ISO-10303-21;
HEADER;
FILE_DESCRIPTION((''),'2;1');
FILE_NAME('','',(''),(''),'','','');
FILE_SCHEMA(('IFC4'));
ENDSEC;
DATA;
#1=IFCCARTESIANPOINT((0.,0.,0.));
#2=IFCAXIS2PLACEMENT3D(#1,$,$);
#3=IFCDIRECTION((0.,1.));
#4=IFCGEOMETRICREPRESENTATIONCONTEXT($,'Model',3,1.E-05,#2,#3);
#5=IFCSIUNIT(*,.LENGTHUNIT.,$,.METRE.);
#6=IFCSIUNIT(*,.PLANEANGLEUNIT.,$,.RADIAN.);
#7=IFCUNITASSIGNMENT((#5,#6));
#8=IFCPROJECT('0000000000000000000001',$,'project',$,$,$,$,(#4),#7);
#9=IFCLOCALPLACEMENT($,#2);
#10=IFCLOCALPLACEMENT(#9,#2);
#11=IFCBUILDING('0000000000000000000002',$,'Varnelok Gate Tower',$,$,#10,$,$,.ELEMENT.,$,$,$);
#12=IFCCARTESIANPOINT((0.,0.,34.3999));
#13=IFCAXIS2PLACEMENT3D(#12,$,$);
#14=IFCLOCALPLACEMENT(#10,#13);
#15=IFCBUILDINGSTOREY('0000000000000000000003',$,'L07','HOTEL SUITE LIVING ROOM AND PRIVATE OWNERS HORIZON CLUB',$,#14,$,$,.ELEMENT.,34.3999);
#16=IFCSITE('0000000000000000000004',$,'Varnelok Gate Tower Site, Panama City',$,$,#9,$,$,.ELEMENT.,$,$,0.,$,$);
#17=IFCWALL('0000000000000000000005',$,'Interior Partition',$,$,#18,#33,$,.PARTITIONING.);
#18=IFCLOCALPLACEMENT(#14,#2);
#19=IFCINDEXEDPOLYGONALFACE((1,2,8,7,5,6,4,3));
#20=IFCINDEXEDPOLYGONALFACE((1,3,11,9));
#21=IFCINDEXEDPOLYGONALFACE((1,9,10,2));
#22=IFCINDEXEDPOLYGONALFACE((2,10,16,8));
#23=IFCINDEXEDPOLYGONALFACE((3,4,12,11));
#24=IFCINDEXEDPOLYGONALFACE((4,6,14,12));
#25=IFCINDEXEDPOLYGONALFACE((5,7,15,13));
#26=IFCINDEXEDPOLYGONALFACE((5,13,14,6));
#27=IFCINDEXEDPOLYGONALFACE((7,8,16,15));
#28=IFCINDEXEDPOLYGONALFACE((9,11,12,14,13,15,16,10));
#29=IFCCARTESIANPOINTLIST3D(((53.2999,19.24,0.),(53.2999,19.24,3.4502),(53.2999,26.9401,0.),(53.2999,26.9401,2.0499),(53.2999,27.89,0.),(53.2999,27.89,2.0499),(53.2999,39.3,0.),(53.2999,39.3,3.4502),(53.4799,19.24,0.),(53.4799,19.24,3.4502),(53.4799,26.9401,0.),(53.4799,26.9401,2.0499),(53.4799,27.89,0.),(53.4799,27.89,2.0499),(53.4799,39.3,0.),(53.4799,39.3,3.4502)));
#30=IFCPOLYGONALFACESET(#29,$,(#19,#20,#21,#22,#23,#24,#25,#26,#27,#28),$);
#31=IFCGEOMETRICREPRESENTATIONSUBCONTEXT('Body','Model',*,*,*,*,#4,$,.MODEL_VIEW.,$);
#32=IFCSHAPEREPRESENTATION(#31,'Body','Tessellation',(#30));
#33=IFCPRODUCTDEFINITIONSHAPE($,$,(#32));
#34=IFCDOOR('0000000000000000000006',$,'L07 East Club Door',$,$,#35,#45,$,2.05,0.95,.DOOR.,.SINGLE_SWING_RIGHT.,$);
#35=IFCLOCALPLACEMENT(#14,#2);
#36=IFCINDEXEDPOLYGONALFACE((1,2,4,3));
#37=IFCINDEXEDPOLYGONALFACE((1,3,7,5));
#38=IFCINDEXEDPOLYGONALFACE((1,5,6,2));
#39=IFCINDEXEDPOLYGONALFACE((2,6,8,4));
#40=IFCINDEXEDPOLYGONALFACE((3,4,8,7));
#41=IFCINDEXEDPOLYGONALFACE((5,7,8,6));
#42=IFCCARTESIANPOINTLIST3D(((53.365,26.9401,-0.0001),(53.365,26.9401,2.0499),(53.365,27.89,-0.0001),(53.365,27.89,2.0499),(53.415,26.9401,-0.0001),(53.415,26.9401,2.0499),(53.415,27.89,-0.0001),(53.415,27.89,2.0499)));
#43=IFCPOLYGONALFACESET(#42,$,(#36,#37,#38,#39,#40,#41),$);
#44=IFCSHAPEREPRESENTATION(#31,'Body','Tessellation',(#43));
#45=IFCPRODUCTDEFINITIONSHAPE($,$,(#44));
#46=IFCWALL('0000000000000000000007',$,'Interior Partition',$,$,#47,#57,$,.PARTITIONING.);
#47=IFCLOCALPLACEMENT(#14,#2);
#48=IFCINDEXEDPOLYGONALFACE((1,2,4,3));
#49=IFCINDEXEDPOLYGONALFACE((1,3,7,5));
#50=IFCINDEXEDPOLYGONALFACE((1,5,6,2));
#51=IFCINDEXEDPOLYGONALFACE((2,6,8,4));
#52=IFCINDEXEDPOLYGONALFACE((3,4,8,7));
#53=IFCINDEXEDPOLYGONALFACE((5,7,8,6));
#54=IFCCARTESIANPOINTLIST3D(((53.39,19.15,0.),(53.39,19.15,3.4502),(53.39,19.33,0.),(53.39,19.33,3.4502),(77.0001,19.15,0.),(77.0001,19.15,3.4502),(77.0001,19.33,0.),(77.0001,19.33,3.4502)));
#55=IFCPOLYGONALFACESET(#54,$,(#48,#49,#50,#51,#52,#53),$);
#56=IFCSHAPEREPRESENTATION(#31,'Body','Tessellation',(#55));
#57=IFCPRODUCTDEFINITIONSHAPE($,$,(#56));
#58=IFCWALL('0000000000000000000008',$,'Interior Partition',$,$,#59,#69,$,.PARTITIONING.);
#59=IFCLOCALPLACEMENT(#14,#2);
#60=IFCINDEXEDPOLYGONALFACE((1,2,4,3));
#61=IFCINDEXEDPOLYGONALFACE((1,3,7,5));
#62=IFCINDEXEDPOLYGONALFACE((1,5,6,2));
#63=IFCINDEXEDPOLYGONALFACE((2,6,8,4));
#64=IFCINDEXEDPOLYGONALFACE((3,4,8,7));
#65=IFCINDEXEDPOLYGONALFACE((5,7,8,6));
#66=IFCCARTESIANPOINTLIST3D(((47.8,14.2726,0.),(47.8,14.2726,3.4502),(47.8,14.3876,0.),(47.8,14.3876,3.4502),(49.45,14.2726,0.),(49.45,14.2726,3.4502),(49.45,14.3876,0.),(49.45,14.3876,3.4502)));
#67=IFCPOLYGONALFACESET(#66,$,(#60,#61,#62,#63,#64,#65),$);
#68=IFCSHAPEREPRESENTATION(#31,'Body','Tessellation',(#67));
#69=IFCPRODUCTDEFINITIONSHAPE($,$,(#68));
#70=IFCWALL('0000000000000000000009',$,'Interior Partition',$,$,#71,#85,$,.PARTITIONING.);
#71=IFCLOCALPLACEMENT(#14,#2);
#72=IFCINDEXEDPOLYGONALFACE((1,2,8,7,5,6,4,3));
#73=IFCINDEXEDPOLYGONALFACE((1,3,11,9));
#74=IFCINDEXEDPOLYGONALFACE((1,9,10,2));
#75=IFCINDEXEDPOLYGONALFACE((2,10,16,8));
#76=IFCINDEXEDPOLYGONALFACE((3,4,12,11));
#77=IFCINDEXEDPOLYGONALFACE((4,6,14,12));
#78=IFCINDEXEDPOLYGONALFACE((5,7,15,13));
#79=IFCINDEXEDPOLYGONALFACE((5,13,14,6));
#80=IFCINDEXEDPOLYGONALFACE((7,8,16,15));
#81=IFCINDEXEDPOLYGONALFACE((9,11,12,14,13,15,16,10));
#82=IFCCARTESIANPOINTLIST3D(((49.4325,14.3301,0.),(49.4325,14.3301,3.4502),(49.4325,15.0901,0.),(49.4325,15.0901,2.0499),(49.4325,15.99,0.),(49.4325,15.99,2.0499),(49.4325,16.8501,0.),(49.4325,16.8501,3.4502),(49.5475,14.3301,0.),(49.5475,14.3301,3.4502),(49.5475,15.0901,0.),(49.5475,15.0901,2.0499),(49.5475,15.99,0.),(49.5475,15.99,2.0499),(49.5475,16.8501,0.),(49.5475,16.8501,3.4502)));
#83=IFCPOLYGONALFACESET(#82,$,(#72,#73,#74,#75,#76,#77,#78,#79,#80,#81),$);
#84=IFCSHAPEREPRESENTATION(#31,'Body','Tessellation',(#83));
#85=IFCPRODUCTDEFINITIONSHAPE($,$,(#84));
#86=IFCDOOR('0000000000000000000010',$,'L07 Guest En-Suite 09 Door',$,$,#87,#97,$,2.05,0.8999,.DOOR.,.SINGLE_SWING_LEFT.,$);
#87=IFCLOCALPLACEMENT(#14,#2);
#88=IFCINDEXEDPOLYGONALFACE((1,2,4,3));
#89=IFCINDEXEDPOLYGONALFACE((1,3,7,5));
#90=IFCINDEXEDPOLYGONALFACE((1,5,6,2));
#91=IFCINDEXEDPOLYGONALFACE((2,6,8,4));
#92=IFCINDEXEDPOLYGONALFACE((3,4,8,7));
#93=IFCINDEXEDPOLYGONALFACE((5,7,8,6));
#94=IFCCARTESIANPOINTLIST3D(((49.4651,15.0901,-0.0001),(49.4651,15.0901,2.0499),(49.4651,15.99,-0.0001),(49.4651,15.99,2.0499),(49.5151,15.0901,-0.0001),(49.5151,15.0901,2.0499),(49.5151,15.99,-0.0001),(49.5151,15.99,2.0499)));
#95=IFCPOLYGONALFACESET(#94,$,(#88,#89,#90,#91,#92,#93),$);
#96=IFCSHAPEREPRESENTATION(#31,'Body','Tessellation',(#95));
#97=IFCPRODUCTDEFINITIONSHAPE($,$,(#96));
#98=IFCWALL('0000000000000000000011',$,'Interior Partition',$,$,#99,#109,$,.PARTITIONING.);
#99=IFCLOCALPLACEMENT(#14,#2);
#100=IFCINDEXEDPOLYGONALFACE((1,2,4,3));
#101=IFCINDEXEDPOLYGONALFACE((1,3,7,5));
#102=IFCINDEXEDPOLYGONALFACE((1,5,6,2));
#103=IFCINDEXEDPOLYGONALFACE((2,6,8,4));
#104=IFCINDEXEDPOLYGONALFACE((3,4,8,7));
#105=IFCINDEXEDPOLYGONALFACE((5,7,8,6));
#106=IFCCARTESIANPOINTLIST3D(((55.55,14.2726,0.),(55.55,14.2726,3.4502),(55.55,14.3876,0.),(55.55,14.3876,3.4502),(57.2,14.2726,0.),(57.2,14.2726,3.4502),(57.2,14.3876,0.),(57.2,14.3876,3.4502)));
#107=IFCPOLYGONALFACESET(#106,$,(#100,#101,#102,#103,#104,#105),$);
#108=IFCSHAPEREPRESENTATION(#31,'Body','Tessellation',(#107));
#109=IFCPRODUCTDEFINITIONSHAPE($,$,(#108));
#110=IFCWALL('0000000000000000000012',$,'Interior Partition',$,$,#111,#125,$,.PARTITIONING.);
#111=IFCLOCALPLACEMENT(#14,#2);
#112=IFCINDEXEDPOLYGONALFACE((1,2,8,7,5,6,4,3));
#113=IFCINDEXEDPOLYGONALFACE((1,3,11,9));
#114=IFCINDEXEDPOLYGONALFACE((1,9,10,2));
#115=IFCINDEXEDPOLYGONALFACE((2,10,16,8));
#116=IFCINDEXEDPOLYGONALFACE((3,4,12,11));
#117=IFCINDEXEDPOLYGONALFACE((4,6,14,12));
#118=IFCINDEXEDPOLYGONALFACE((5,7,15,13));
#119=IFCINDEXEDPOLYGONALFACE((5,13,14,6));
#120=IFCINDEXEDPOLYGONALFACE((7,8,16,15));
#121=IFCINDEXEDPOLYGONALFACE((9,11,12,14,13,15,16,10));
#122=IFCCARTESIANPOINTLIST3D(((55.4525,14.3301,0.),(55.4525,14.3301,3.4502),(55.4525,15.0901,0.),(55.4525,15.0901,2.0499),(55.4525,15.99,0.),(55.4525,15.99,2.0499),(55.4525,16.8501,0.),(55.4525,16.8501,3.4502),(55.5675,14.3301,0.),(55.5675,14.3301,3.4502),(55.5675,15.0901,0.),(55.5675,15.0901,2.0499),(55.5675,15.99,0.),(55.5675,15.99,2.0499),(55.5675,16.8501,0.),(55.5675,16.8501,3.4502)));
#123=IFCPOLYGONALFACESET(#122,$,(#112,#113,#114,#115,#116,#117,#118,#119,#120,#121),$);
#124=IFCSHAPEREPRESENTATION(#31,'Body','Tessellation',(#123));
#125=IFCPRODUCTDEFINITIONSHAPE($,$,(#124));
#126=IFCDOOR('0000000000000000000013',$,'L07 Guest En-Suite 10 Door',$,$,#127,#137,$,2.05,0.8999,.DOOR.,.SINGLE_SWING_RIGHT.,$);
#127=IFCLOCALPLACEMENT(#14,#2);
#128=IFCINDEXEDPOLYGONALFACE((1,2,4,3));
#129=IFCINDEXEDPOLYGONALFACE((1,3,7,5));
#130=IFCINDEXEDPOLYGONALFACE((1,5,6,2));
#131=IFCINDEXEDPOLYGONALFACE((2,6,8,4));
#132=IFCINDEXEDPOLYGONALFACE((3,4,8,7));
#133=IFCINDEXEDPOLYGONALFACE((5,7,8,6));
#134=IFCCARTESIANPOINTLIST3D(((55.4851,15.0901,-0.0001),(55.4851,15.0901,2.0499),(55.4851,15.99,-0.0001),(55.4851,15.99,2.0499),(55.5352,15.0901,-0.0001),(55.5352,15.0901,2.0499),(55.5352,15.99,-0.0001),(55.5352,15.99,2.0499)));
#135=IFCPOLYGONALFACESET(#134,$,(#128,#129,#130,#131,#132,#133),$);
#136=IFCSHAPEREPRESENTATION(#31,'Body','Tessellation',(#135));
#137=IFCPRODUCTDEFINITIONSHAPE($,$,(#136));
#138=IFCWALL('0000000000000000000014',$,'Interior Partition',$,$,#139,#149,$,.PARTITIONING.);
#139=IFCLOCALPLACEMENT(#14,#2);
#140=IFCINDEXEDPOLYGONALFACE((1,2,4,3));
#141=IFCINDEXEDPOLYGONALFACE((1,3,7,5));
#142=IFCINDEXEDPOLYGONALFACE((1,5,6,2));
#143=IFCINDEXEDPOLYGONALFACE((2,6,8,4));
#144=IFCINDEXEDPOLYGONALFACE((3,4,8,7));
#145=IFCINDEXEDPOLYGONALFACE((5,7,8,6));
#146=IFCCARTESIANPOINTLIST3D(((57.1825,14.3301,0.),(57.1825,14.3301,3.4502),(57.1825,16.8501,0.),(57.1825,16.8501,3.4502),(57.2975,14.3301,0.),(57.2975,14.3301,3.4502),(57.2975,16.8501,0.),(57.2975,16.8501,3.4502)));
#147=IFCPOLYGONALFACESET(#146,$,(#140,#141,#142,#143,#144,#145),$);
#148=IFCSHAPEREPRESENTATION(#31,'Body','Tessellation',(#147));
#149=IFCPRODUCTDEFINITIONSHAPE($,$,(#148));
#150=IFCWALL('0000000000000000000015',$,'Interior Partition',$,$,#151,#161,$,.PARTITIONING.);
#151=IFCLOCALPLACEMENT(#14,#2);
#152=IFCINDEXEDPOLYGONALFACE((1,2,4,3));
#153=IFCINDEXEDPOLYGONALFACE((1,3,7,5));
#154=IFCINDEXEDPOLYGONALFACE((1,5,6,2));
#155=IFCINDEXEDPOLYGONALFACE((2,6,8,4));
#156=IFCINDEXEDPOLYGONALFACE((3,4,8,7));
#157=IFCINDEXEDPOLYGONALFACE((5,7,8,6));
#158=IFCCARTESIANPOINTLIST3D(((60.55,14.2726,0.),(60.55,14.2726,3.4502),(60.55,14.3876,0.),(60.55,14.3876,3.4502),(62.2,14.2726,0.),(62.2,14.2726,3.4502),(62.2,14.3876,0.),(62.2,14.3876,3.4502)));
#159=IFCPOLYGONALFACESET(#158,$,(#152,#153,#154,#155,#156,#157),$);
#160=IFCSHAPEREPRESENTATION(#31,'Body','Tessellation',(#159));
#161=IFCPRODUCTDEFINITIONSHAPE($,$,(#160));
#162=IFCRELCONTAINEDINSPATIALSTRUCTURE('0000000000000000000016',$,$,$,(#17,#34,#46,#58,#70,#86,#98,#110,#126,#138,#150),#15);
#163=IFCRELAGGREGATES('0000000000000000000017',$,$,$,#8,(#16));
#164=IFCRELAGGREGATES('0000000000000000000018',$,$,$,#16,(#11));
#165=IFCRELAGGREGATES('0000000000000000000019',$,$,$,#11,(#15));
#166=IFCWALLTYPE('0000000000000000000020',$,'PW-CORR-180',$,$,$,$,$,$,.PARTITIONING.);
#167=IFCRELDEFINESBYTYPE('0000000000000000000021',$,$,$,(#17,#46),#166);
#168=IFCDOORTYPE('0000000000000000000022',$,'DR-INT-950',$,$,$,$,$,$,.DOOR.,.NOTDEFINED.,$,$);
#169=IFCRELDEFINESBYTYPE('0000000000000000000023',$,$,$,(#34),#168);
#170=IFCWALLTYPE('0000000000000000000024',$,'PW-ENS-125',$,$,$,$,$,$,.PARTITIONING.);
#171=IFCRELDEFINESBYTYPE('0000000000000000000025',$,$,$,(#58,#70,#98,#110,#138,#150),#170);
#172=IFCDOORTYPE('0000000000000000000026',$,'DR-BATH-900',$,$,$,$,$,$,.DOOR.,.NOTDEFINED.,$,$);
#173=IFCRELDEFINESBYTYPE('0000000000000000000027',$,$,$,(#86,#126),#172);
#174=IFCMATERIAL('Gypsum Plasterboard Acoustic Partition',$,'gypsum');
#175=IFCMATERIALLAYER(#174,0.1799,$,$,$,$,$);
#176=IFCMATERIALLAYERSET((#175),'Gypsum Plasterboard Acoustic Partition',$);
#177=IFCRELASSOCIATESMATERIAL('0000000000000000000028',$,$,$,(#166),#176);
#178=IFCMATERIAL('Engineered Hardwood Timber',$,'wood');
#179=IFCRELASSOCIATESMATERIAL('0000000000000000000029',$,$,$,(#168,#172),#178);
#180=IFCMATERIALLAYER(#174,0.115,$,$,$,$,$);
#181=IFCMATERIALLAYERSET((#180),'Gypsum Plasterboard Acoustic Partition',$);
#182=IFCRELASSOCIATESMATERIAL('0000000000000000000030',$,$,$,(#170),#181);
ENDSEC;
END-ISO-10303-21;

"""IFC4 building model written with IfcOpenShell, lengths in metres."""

from ifc_helpers import new_model, si_unit, direction, frame, frame_2d, origin, place, context, subcontext, project, spatial, rectangle, extrude, material, layer, layer_set, type_object, element, fill, save


model = new_model("IFC4")

# Units and contexts
model_context = context("Model", 3, precision=1e-05, world=origin(), true_north=direction((0.0, 1.0)))
body_context = subcontext(model_context, "Body", "Model", "MODEL_VIEW")
ifc_project = project(units=[si_unit("LENGTHUNIT", "METRE"), si_unit("PLANEANGLEUNIT", "RADIAN")], contexts=[model_context])

# Site, building, storey
site_placement = place(None, origin())
site = spatial("IfcSite", under=ifc_project, at=site_placement, Name="Varnelok Gate Tower Site, Panama City", CompositionType="ELEMENT", RefElevation=0.0)
building_placement = place(site_placement, origin())
building = spatial("IfcBuilding", under=site, at=building_placement, Name="Varnelok Gate Tower", CompositionType="ELEMENT")
storey_placement = place(building_placement, frame((0.0, 0.0, 34.3999)))
storey = spatial("IfcBuildingStorey", under=building, at=storey_placement, Name="L07", Description="HOTEL SUITE LIVING ROOM AND PRIVATE OWNERS HORIZON CLUB", CompositionType="ELEMENT", Elevation=34.3999)

# Wall, opening, door
ifc_material_1 = material(Name="Gypsum Plasterboard Acoustic Partition", Category="gypsum")
ifc_layer_1 = layer(ifc_material_1, 0.1799)
ifc_layer_set_1 = layer_set([ifc_layer_1], Name="Gypsum Plasterboard Acoustic Partition")
wall_type_1 = type_object("IfcWallType", Name="PW-CORR-180", PredefinedType="PARTITIONING", material=ifc_layer_set_1)
ifc_material_2 = material(Name="Engineered Hardwood Timber", Category="wood")
wall_1_placement = place(storey_placement, frame((53.3899, 19.24, 0.0), z_axis=(0.0, 0.0, 1.0), x_axis=(0.0, 1.0, 0.0)))
wall_1 = element("IfcWall", 1, at=wall_1_placement, inside=storey, type_object=wall_type_1, Name="Interior Partition", PredefinedType="PARTITIONING", context=body_context, shape_type="SweptSolid", body=[
    extrude(rectangle(XDim=20.0601, YDim=0.1799, at=frame_2d((10.03, 0.0))), origin(), (0.0, 0.0, 1.0), 3.4502),
])
opening_1_placement = place(wall_1_placement, frame((7.7, 0.0, 0.0)))
opening_1 = element("IfcOpeningElement", 2, at=opening_1_placement, cuts=wall_1, PredefinedType="OPENING", context=body_context, shape_type="SweptSolid", body=[
    extrude(rectangle(XDim=0.95, YDim=2.05, at=frame_2d((0.4751, 1.0249))), frame((0.0, 0.0999, 0.0), z_axis=(0.0, -1.0, 0.0), x_axis=(1.0, 0.0, 0.0)), (0.0, 0.0, 1.0), 0.2),
])
door_type_1 = type_object("IfcDoorType", Name="DR-INT-950", OperationType="NOTDEFINED", PredefinedType="DOOR", material=ifc_material_2)
door_1_placement = place(opening_1_placement, origin())
door_1 = element("IfcDoor", 3, at=door_1_placement, inside=storey, type_object=door_type_1, Name="L07 East Club Door", OperationType="SINGLE_SWING_RIGHT", OverallHeight=2.05, OverallWidth=0.95, PredefinedType="DOOR", context=body_context, shape_type="SweptSolid", body=[
    extrude(rectangle(XDim=0.95, YDim=2.05, at=frame_2d((0.4751, 1.0249))), frame((0.0, 0.0249, 0.0), z_axis=(0.0, -1.0, 0.0), x_axis=(1.0, 0.0, 0.0)), (0.0, 0.0, 1.0), 0.05),
])
fill(opening_1, door_1)

# Walls
wall_2_placement = place(storey_placement, frame((53.3899, 19.24, 0.0), z_axis=(0.0, 0.0, 1.0), x_axis=(1.0, 0.0, 0.0)))
element("IfcWall", 4, at=wall_2_placement, inside=storey, type_object=wall_type_1, Name="Interior Partition", PredefinedType="PARTITIONING", context=body_context, shape_type="SweptSolid", body=[
    extrude(rectangle(XDim=23.6101, YDim=0.1799, at=frame_2d((11.8052, 0.0))), origin(), (0.0, 0.0, 1.0), 3.4502),
])
ifc_layer_2 = layer(ifc_material_1, 0.115)
ifc_layer_set_2 = layer_set([ifc_layer_2], Name="Gypsum Plasterboard Acoustic Partition")
wall_type_2 = type_object("IfcWallType", Name="PW-ENS-125", PredefinedType="PARTITIONING", material=ifc_layer_set_2)
wall_3_placement = place(storey_placement, frame((47.8, 14.3301, 0.0), z_axis=(0.0, 0.0, 1.0), x_axis=(1.0, 0.0, 0.0)))
element("IfcWall", 5, at=wall_3_placement, inside=storey, type_object=wall_type_2, Name="Interior Partition", PredefinedType="PARTITIONING", context=body_context, shape_type="SweptSolid", body=[
    extrude(rectangle(XDim=1.6499, YDim=0.115, at=frame_2d((0.825, 0.0))), origin(), (0.0, 0.0, 1.0), 3.4502),
])

# Wall, opening, door
wall_4_placement = place(storey_placement, frame((49.49, 14.3301, 0.0), z_axis=(0.0, 0.0, 1.0), x_axis=(0.0, 1.0, 0.0)))
wall_4 = element("IfcWall", 6, at=wall_4_placement, inside=storey, type_object=wall_type_2, Name="Interior Partition", PredefinedType="PARTITIONING", context=body_context, shape_type="SweptSolid", body=[
    extrude(rectangle(XDim=2.52, YDim=0.115, at=frame_2d((1.26, 0.0))), origin(), (0.0, 0.0, 1.0), 3.4502),
])
opening_2_placement = place(wall_4_placement, frame((0.76, 0.0, 0.0)))
opening_2 = element("IfcOpeningElement", 7, at=opening_2_placement, cuts=wall_4, PredefinedType="OPENING", context=body_context, shape_type="SweptSolid", body=[
    extrude(rectangle(XDim=0.8999, YDim=2.05, at=frame_2d((0.45, 1.0249))), frame((0.0, 0.0674, 0.0), z_axis=(0.0, -1.0, 0.0), x_axis=(1.0, 0.0, 0.0)), (0.0, 0.0, 1.0), 0.135),
])
door_type_2 = type_object("IfcDoorType", Name="DR-BATH-900", OperationType="NOTDEFINED", PredefinedType="DOOR", material=ifc_material_2)
door_2_placement = place(opening_2_placement, origin())
door_2 = element("IfcDoor", 8, at=door_2_placement, inside=storey, type_object=door_type_2, Name="L07 Guest En-Suite 09 Door", OperationType="SINGLE_SWING_LEFT", OverallHeight=2.05, OverallWidth=0.8999, PredefinedType="DOOR", context=body_context, shape_type="SweptSolid", body=[
    extrude(rectangle(XDim=0.8999, YDim=2.05, at=frame_2d((0.45, 1.0249))), frame((0.0, 0.0249, 0.0), z_axis=(0.0, -1.0, 0.0), x_axis=(1.0, 0.0, 0.0)), (0.0, 0.0, 1.0), 0.05),
])
fill(opening_2, door_2)

# Wall
wall_5_placement = place(storey_placement, frame((55.55, 14.3301, 0.0), z_axis=(0.0, 0.0, 1.0), x_axis=(1.0, 0.0, 0.0)))
element("IfcWall", 9, at=wall_5_placement, inside=storey, type_object=wall_type_2, Name="Interior Partition", PredefinedType="PARTITIONING", context=body_context, shape_type="SweptSolid", body=[
    extrude(rectangle(XDim=1.6499, YDim=0.115, at=frame_2d((0.825, 0.0))), origin(), (0.0, 0.0, 1.0), 3.4502),
])

# Wall, opening, door
wall_6_placement = place(storey_placement, frame((55.51, 14.3301, 0.0), z_axis=(0.0, 0.0, 1.0), x_axis=(0.0, 1.0, 0.0)))
wall_6 = element("IfcWall", 10, at=wall_6_placement, inside=storey, type_object=wall_type_2, Name="Interior Partition", PredefinedType="PARTITIONING", context=body_context, shape_type="SweptSolid", body=[
    extrude(rectangle(XDim=2.52, YDim=0.115, at=frame_2d((1.26, 0.0))), origin(), (0.0, 0.0, 1.0), 3.4502),
])
opening_3_placement = place(wall_6_placement, frame((0.76, 0.0, 0.0)))
opening_3 = element("IfcOpeningElement", 11, at=opening_3_placement, cuts=wall_6, PredefinedType="OPENING", context=body_context, shape_type="SweptSolid", body=[
    extrude(rectangle(XDim=0.8999, YDim=2.05, at=frame_2d((0.45, 1.0249))), frame((0.0, 0.0674, 0.0), z_axis=(0.0, -1.0, 0.0), x_axis=(1.0, 0.0, 0.0)), (0.0, 0.0, 1.0), 0.135),
])
door_3_placement = place(opening_3_placement, origin())
door_3 = element("IfcDoor", 12, at=door_3_placement, inside=storey, type_object=door_type_2, Name="L07 Guest En-Suite 10 Door", OperationType="SINGLE_SWING_RIGHT", OverallHeight=2.05, OverallWidth=0.8999, PredefinedType="DOOR", context=body_context, shape_type="SweptSolid", body=[
    extrude(rectangle(XDim=0.8999, YDim=2.05, at=frame_2d((0.45, 1.0249))), frame((0.0, 0.0249, 0.0), z_axis=(0.0, -1.0, 0.0), x_axis=(1.0, 0.0, 0.0)), (0.0, 0.0, 1.0), 0.05),
])
fill(opening_3, door_3)

# Walls
wall_7_placement = place(storey_placement, frame((57.24, 14.3301, 0.0), z_axis=(0.0, 0.0, 1.0), x_axis=(0.0, 1.0, 0.0)))
element("IfcWall", 13, at=wall_7_placement, inside=storey, type_object=wall_type_2, Name="Interior Partition", PredefinedType="PARTITIONING", context=body_context, shape_type="SweptSolid", body=[
    extrude(rectangle(XDim=2.52, YDim=0.115, at=frame_2d((1.26, 0.0))), origin(), (0.0, 0.0, 1.0), 3.4502),
])
wall_8_placement = place(storey_placement, frame((60.55, 14.3301, 0.0), z_axis=(0.0, 0.0, 1.0), x_axis=(1.0, 0.0, 0.0)))
element("IfcWall", 14, at=wall_8_placement, inside=storey, type_object=wall_type_2, Name="Interior Partition", PredefinedType="PARTITIONING", context=body_context, shape_type="SweptSolid", body=[
    extrude(rectangle(XDim=1.6499, YDim=0.115, at=frame_2d((0.825, 0.0))), origin(), (0.0, 0.0, 1.0), 3.4502),
])

save(model, "model.ifc")
